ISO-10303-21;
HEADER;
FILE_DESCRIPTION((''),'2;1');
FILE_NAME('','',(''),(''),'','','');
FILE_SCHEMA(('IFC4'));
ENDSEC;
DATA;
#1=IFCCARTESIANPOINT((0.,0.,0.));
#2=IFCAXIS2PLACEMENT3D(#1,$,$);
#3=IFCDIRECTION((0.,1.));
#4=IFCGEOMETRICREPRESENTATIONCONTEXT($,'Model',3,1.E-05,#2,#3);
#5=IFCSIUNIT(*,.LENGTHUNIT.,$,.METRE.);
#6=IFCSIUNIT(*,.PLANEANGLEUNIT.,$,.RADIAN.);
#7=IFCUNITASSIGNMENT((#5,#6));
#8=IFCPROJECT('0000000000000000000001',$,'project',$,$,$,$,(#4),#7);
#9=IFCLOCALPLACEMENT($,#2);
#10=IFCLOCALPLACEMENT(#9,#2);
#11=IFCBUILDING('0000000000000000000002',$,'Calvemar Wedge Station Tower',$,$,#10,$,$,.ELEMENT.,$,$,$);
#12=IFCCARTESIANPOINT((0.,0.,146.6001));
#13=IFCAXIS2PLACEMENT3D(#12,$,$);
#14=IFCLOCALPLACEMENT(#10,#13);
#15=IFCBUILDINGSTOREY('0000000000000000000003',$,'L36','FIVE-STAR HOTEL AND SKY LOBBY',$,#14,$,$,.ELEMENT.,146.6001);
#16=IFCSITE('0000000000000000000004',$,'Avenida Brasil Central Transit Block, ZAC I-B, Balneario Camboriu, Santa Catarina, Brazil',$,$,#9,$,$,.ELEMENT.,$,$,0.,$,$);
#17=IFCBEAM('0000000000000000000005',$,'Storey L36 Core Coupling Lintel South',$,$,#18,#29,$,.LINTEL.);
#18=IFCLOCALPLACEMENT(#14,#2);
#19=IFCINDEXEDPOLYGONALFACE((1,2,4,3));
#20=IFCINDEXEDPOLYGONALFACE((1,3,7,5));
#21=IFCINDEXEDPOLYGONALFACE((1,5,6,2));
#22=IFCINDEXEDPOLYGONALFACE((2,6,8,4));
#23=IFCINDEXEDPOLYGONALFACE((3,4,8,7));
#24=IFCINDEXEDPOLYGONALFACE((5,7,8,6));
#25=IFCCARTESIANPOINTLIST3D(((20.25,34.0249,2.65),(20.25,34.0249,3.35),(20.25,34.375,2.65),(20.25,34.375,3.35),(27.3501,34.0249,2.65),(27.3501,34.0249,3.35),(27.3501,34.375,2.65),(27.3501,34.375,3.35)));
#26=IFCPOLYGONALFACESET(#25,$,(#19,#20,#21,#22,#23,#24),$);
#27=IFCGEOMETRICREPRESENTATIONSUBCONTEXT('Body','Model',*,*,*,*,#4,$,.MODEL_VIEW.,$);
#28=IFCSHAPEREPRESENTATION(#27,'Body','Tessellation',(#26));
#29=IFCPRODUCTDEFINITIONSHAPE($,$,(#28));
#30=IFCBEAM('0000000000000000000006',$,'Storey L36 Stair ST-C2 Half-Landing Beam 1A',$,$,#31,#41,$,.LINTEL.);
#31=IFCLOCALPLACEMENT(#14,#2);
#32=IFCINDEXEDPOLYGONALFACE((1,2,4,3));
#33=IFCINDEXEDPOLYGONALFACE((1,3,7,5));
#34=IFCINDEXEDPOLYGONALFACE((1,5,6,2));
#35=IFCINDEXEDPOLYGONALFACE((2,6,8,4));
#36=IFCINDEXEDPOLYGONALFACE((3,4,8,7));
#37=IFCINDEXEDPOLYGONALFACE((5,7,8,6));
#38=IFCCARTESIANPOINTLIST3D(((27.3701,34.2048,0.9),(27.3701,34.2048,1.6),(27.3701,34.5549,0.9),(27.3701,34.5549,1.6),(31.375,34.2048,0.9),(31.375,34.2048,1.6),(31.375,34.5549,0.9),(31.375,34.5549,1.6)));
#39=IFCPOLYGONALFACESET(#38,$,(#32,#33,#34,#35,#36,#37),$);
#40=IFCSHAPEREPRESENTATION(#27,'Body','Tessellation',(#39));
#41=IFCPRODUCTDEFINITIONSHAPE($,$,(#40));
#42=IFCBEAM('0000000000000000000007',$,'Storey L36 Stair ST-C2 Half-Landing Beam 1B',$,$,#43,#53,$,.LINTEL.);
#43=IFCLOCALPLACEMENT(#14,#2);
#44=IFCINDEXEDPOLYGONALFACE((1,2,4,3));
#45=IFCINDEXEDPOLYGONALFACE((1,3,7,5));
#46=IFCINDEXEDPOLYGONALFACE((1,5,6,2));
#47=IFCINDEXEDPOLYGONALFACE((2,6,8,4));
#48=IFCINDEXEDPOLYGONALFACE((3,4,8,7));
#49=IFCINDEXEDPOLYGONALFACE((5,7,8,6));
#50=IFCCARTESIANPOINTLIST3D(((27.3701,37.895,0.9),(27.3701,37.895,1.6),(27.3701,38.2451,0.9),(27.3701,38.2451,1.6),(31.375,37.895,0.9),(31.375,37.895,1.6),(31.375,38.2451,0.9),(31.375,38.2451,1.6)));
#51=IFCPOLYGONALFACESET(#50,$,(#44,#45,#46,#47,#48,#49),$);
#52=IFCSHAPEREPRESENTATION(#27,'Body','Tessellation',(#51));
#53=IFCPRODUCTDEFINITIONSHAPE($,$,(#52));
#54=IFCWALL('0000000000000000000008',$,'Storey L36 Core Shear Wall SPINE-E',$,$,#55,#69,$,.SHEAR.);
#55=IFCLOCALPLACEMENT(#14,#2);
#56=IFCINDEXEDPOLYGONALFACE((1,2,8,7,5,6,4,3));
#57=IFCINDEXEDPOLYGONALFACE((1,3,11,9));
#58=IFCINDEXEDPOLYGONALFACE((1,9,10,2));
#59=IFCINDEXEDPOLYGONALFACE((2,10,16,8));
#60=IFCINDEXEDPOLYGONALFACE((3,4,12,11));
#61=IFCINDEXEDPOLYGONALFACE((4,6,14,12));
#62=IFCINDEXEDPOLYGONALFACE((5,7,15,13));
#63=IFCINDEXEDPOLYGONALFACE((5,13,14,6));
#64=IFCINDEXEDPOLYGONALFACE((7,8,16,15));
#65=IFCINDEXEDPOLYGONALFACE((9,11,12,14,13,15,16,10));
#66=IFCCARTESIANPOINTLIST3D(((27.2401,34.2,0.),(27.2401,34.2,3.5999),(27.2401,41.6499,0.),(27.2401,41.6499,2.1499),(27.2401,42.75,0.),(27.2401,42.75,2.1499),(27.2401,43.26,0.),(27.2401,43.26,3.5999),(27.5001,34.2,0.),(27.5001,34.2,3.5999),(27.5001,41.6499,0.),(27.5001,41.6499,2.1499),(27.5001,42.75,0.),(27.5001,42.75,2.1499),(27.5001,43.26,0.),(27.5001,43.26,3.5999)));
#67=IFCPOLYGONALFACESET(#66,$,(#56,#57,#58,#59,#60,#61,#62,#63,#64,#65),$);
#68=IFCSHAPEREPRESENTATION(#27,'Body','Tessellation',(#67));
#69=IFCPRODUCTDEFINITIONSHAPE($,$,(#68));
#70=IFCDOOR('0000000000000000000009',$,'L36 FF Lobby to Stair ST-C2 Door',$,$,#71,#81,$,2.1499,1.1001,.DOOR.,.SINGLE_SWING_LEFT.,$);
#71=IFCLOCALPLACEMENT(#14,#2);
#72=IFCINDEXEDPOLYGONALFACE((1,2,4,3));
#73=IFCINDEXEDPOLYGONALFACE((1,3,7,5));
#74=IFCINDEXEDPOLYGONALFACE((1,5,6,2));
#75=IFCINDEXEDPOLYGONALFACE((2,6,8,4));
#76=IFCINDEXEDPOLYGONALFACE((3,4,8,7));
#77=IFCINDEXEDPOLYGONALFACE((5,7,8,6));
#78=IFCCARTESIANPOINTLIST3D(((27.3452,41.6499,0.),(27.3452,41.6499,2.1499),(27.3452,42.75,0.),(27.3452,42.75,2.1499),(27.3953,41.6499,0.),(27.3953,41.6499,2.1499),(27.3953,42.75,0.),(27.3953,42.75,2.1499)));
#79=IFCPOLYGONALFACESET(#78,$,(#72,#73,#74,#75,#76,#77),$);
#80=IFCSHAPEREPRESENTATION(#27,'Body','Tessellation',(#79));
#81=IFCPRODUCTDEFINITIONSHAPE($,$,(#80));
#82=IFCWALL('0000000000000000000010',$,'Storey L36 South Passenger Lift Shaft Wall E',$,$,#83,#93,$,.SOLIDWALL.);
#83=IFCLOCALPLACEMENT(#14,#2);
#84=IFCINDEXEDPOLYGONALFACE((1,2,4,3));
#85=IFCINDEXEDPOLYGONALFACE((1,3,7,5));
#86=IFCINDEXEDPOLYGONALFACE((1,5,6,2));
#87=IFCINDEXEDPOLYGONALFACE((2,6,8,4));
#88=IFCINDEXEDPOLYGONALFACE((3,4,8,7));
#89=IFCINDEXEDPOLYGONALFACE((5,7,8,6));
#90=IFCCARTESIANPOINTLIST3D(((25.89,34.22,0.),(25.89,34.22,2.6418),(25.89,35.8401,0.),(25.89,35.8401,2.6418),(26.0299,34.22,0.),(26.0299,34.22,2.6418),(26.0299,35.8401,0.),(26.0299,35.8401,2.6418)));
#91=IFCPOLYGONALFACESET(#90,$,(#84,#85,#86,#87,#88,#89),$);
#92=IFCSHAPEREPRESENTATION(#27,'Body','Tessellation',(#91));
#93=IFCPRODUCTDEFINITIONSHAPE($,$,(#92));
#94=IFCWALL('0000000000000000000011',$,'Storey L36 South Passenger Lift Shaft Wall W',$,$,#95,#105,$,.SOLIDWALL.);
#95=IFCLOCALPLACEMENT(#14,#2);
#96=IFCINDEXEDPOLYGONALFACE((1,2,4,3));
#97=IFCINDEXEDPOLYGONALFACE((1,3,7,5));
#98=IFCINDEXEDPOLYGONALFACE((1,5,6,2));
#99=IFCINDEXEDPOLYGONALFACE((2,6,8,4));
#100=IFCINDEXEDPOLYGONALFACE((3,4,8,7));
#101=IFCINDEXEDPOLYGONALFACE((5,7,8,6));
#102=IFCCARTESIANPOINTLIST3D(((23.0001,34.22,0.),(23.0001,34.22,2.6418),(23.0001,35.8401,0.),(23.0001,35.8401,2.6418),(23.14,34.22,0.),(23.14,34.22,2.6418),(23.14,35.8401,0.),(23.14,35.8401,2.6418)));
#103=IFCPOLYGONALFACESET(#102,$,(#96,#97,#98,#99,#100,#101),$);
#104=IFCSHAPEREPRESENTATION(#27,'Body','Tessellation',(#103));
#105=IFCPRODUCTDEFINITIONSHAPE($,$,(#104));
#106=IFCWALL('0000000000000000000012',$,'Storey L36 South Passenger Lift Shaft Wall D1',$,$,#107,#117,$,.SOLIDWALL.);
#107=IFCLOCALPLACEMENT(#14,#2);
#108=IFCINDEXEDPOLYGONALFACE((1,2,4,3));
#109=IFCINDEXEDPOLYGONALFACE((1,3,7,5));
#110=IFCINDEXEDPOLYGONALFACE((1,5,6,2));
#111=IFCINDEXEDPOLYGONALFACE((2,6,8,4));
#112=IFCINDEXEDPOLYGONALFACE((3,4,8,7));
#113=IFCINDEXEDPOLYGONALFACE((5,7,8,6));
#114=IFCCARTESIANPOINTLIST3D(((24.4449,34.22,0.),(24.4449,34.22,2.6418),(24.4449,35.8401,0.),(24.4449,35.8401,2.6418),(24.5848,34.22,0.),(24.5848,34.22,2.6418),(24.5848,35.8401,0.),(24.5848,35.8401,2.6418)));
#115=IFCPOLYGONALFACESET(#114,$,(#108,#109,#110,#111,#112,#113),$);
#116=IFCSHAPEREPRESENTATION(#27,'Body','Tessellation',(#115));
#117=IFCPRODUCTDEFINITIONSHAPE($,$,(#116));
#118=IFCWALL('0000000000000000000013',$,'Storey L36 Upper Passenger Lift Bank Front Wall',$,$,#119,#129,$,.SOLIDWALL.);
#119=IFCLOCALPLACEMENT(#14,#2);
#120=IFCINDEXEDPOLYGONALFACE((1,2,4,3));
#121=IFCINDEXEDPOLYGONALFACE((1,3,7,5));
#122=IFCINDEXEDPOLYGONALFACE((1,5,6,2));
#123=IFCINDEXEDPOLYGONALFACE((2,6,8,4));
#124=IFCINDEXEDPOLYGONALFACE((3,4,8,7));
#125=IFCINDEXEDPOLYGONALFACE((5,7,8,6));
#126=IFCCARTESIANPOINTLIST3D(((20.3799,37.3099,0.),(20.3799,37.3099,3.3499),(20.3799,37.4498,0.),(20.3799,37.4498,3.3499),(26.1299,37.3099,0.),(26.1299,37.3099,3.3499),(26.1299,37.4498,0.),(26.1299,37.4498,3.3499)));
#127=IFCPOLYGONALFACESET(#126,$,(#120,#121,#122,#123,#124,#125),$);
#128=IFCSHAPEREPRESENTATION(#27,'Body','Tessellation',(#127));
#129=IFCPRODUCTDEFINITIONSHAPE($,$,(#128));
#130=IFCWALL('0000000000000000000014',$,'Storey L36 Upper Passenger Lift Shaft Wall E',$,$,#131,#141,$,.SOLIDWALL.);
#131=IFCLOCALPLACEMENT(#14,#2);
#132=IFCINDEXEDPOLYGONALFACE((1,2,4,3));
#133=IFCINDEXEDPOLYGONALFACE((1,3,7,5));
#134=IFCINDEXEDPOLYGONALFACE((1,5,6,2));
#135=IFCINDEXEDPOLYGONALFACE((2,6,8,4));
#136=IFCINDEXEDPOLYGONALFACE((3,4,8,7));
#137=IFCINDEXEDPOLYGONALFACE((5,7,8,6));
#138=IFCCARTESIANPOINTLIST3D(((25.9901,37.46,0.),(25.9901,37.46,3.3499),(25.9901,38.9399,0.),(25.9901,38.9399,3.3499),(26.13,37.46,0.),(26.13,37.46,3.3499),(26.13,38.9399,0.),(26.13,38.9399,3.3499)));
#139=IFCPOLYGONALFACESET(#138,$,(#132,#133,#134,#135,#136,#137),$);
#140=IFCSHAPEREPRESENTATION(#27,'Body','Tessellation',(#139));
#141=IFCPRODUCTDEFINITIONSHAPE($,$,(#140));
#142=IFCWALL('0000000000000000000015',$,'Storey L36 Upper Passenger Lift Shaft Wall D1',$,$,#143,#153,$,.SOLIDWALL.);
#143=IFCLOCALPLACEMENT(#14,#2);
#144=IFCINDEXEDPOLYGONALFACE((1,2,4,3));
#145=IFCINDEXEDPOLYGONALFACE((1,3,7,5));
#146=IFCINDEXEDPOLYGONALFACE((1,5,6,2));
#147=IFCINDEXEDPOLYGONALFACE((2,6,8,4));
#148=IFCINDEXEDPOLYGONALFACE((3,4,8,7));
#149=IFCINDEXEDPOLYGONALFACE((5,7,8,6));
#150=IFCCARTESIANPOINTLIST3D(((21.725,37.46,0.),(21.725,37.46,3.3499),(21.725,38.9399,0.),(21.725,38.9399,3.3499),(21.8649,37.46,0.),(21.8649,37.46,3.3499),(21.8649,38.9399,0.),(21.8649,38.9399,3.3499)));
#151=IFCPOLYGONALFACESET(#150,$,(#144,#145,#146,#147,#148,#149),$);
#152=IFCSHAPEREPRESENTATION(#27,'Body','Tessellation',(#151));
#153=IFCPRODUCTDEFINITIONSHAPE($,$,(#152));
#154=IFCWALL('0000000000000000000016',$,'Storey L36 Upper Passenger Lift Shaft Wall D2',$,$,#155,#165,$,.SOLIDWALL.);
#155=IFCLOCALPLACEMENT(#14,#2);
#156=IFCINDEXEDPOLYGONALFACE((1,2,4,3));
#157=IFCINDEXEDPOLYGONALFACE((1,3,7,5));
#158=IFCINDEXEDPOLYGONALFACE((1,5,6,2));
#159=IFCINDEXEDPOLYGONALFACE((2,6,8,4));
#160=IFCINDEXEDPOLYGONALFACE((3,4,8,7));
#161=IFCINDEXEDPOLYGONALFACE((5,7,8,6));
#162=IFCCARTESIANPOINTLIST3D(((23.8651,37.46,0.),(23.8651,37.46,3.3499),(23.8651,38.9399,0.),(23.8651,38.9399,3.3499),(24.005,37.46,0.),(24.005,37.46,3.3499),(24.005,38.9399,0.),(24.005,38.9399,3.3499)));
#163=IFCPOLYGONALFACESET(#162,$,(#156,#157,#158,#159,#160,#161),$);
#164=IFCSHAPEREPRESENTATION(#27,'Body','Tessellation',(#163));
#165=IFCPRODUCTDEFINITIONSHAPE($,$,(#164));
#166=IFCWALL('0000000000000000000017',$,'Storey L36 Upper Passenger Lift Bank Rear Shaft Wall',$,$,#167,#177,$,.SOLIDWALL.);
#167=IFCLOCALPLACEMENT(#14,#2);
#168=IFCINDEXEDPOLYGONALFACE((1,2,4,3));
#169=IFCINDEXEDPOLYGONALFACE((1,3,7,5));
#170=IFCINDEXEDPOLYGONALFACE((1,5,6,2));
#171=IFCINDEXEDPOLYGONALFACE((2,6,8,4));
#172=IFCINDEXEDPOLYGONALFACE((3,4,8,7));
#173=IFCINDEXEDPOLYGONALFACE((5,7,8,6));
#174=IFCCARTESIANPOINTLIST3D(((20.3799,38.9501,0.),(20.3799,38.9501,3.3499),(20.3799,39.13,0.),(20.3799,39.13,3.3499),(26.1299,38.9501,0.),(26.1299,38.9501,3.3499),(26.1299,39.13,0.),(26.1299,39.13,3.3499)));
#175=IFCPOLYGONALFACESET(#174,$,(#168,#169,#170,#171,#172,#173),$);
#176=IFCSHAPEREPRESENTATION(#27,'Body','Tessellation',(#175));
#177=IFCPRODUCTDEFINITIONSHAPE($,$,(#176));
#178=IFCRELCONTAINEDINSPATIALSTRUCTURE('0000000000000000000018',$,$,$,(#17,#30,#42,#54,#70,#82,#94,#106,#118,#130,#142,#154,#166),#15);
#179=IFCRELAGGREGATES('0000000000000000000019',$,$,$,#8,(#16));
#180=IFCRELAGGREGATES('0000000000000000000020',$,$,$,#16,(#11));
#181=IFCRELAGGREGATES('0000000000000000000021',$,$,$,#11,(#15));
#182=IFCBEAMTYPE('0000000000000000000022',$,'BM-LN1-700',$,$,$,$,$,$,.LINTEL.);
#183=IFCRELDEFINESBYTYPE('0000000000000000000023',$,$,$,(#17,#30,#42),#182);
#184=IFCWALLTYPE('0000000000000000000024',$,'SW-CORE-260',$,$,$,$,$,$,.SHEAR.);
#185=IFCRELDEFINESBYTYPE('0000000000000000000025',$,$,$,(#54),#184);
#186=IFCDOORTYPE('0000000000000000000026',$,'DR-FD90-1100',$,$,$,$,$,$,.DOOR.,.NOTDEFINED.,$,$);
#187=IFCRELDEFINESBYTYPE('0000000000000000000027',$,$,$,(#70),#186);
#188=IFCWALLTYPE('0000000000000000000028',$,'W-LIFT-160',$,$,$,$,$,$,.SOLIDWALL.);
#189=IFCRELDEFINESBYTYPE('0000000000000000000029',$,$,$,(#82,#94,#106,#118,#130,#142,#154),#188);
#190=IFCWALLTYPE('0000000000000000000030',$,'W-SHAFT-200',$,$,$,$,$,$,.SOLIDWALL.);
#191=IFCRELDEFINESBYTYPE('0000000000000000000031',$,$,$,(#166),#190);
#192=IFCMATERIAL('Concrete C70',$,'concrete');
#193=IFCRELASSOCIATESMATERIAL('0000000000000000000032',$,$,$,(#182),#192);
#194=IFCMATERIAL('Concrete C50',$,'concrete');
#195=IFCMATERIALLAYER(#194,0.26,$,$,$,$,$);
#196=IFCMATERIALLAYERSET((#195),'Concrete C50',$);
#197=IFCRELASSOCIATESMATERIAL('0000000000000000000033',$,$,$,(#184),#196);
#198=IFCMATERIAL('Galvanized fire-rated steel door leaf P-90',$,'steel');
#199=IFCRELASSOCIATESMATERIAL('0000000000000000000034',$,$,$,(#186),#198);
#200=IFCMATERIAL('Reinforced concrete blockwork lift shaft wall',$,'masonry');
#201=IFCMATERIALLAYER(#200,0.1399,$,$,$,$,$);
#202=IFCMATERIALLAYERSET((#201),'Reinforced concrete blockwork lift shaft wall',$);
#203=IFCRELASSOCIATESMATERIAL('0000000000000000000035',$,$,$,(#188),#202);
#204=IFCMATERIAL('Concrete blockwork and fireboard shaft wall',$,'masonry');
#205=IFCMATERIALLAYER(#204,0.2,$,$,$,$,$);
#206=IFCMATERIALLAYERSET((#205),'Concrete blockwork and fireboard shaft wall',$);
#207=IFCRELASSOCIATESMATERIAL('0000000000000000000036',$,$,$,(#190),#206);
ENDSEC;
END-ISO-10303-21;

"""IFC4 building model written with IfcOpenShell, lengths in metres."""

from ifc_helpers import new_model, si_unit, direction, frame, frame_2d, origin, origin_2d, place, context, subcontext, project, spatial, rectangle, extrude, source, transform, mapped, material, layer, layer_set, material_profile, profile_set, type_object, element, fill, save


model = new_model("IFC4")

# Units and contexts
model_context = context("Model", 3, precision=1e-05, world=origin(), true_north=direction((0.0, 1.0)))
body_context = subcontext(model_context, "Body", "Model", "MODEL_VIEW")
ifc_project = project(units=[si_unit("LENGTHUNIT", "METRE"), si_unit("PLANEANGLEUNIT", "RADIAN")], contexts=[model_context])

# Site, building, storey
site_placement = place(None, origin())
site = spatial("IfcSite", under=ifc_project, at=site_placement, Name="Avenida Brasil Central Transit Block, ZAC I-B, Balneario Camboriu, Santa Catarina, Brazil", CompositionType="ELEMENT", RefElevation=0.0)
building_placement = place(site_placement, origin())
building = spatial("IfcBuilding", under=site, at=building_placement, Name="Calvemar Wedge Station Tower", CompositionType="ELEMENT")
storey_placement = place(building_placement, frame((0.0, 0.0, 146.6001)))
storey = spatial("IfcBuildingStorey", under=building, at=storey_placement, Name="L36", Description="FIVE-STAR HOTEL AND SKY LOBBY", CompositionType="ELEMENT", Elevation=146.6001)

# Beams
ifc_material_1 = material(Name="Concrete C70", Category="concrete")
ifc_material_profile = material_profile(ifc_material_1, rectangle(XDim=0.3501, YDim=0.7, at=origin_2d()), Name="RC350x700")
ifc_profile_set = profile_set([ifc_material_profile], Name="Concrete C70")
beam_type = type_object("IfcBeamType", Name="BM-LN1-700", PredefinedType="LINTEL", material=ifc_profile_set)
shared_shape_1 = source(origin(), body_context, "Body", "SweptSolid", [
    extrude(rectangle(XDim=0.3501, YDim=0.7, at=origin_2d()), origin(), (0.0, 0.0, 1.0), 7.1001),
])
beam_placement = place(storey_placement, frame((20.25, 34.2, 3.0), z_axis=(1.0, 0.0, 0.0), x_axis=(0.0, 1.0, 0.0)))
element("IfcBeam", 1, at=beam_placement, inside=storey, type_object=beam_type, Name="Storey L36 Core Coupling Lintel South", PredefinedType="LINTEL", context=body_context, shape_type="MappedRepresentation", body=[
    mapped(shared_shape_1, transform((0.0, 0.0, 0.0), scale=1.0)),
])
shared_shape_2 = source(origin(), body_context, "Body", "SweptSolid", [
    extrude(rectangle(XDim=0.3501, YDim=0.7, at=origin_2d()), origin(), (0.0, 0.0, 1.0), 4.0049),
])
for number, where, z_axis, x_axis, name in (
    (2, (27.3701, 34.3799, 1.25), (1.0, 0.0, 0.0), (0.0, 1.0, 0.0), "Storey L36 Stair ST-C2 Half-Landing Beam 1A"),
    (3, (27.3701, 38.0701, 1.25), (1.0, 0.0, 0.0), (0.0, 1.0, 0.0), "Storey L36 Stair ST-C2 Half-Landing Beam 1B"),
):
    element("IfcBeam", number, at=place(storey_placement, frame(where, z_axis=z_axis, x_axis=x_axis)), inside=storey, type_object=beam_type, Name=name, PredefinedType="LINTEL", context=body_context, shape_type="MappedRepresentation", body=[
        mapped(shared_shape_2, transform((0.0, 0.0, 0.0), scale=1.0)),
    ])

# Wall, opening, door
ifc_material_2 = material(Name="Concrete C50", Category="concrete")
ifc_layer_1 = layer(ifc_material_2, 0.26)
ifc_layer_set_1 = layer_set([ifc_layer_1], Name="Concrete C50")
wall_type_1 = type_object("IfcWallType", Name="SW-CORE-260", PredefinedType="SHEAR", material=ifc_layer_set_1)
wall_1_placement = place(storey_placement, frame((27.3701, 34.2, 0.0), z_axis=(0.0, 0.0, 1.0), x_axis=(0.0, 1.0, 0.0)))
wall_1 = element("IfcWall", 4, at=wall_1_placement, inside=storey, type_object=wall_type_1, Name="Storey L36 Core Shear Wall SPINE-E", PredefinedType="SHEAR", context=body_context, shape_type="SweptSolid", body=[
    extrude(rectangle(XDim=9.0601, YDim=0.26, at=frame_2d((4.53, 0.0))), origin(), (0.0, 0.0, 1.0), 3.5999),
])
shared_shape_3 = source(origin(), body_context, "Body", "SweptSolid", [
    extrude(rectangle(XDim=1.1001, YDim=2.1499, at=frame_2d((0.55, 1.075))), frame((0.0, 0.1401, 0.0), z_axis=(0.0, -1.0, 0.0), x_axis=(1.0, 0.0, 0.0)), (0.0, 0.0, 1.0), 0.28),
])
opening_1_placement = place(wall_1_placement, frame((7.45, 0.0, 0.0)))
opening_1 = element("IfcOpeningElement", 5, at=opening_1_placement, cuts=wall_1, PredefinedType="OPENING", context=body_context, shape_type="MappedRepresentation", body=[
    mapped(shared_shape_3, transform((0.0, 0.0, 0.0), scale=1.0)),
])
ifc_material_3 = material(Name="Galvanized fire-rated steel door leaf P-90", Category="steel")
door_type_1 = type_object("IfcDoorType", Name="DR-FD90-1100", OperationType="NOTDEFINED", PredefinedType="DOOR", material=ifc_material_3)
shared_shape_4 = source(origin(), body_context, "Body", "SweptSolid", [
    extrude(rectangle(XDim=1.1001, YDim=2.1499, at=frame_2d((0.55, 1.075))), frame((0.0, 0.0249, 0.0), z_axis=(0.0, -1.0, 0.0), x_axis=(1.0, 0.0, 0.0)), (0.0, 0.0, 1.0), 0.05),
])
door_1_placement = place(opening_1_placement, origin())
door_1 = element("IfcDoor", 6, at=door_1_placement, inside=storey, type_object=door_type_1, Name="L36 FF Lobby to Stair ST-C2 Door", OperationType="SINGLE_SWING_LEFT", OverallHeight=2.1499, OverallWidth=1.1001, PredefinedType="DOOR", context=body_context, shape_type="MappedRepresentation", body=[
    mapped(shared_shape_4, transform((0.0, 0.0, 0.0), scale=1.0)),
])
fill(opening_1, door_1)

# Shared definitions
ifc_material_4 = material(Name="Reinforced concrete blockwork lift shaft wall", Category="masonry")
ifc_layer_2 = layer(ifc_material_4, 0.1399)
ifc_layer_set_2 = layer_set([ifc_layer_2], Name="Reinforced concrete blockwork lift shaft wall")
wall_type_2 = type_object("IfcWallType", Name="W-LIFT-160", PredefinedType="SOLIDWALL", material=ifc_layer_set_2)

# Walls
for number, where, z_axis, x_axis, name in (
    (7, (25.96, 34.22, 0.0), (0.0, 0.0, 1.0), (0.0, 1.0, 0.0), "Storey L36 South Passenger Lift Shaft Wall E"),
    (8, (23.0701, 34.22, 0.0), (0.0, 0.0, 1.0), (0.0, 1.0, 0.0), "Storey L36 South Passenger Lift Shaft Wall W"),
    (9, (24.5149, 34.22, 0.0), (0.0, 0.0, 1.0), (0.0, 1.0, 0.0), "Storey L36 South Passenger Lift Shaft Wall D1"),
):
    element("IfcWall", number, at=place(storey_placement, frame(where, z_axis=z_axis, x_axis=x_axis)), inside=storey, type_object=wall_type_2, Name=name, PredefinedType="SOLIDWALL", context=body_context, shape_type="SweptSolid", body=[
        extrude(rectangle(XDim=1.6201, YDim=0.1399, at=frame_2d((0.8101, 0.0))), origin(), (0.0, 0.0, 1.0), 2.6418),
    ])
wall_2_placement = place(storey_placement, frame((20.3799, 37.3799, 0.0), z_axis=(0.0, 0.0, 1.0), x_axis=(1.0, 0.0, 0.0)))
element("IfcWall", 10, at=wall_2_placement, inside=storey, type_object=wall_type_2, Name="Storey L36 Upper Passenger Lift Bank Front Wall", PredefinedType="SOLIDWALL", context=body_context, shape_type="SweptSolid", body=[
    extrude(rectangle(XDim=5.75, YDim=0.1399, at=frame_2d((2.875, 0.0))), origin(), (0.0, 0.0, 1.0), 3.3499),
])
for number, where, z_axis, x_axis, name in (
    (11, (26.0601, 37.46, 0.0), (0.0, 0.0, 1.0), (0.0, 1.0, 0.0), "Storey L36 Upper Passenger Lift Shaft Wall E"),
    (12, (21.7949, 37.46, 0.0), (0.0, 0.0, 1.0), (0.0, 1.0, 0.0), "Storey L36 Upper Passenger Lift Shaft Wall D1"),
    (13, (23.9351, 37.46, 0.0), (0.0, 0.0, 1.0), (0.0, 1.0, 0.0), "Storey L36 Upper Passenger Lift Shaft Wall D2"),
):
    element("IfcWall", number, at=place(storey_placement, frame(where, z_axis=z_axis, x_axis=x_axis)), inside=storey, type_object=wall_type_2, Name=name, PredefinedType="SOLIDWALL", context=body_context, shape_type="SweptSolid", body=[
        extrude(rectangle(XDim=1.48, YDim=0.1399, at=frame_2d((0.74, 0.0))), origin(), (0.0, 0.0, 1.0), 3.3499),
    ])
ifc_material_5 = material(Name="Concrete blockwork and fireboard shaft wall", Category="masonry")
ifc_layer_3 = layer(ifc_material_5, 0.2)
ifc_layer_set_3 = layer_set([ifc_layer_3], Name="Concrete blockwork and fireboard shaft wall")
wall_type_3 = type_object("IfcWallType", Name="W-SHAFT-200", PredefinedType="SOLIDWALL", material=ifc_layer_set_3)
wall_3_placement = place(storey_placement, frame((20.3799, 39.04, 0.0), z_axis=(0.0, 0.0, 1.0), x_axis=(1.0, 0.0, 0.0)))
element("IfcWall", 14, at=wall_3_placement, inside=storey, type_object=wall_type_3, Name="Storey L36 Upper Passenger Lift Bank Rear Shaft Wall", PredefinedType="SOLIDWALL", context=body_context, shape_type="SweptSolid", body=[
    extrude(rectangle(XDim=5.75, YDim=0.1799, at=frame_2d((2.875, 0.0))), origin(), (0.0, 0.0, 1.0), 3.3499),
])

save(model, "model.ifc")
